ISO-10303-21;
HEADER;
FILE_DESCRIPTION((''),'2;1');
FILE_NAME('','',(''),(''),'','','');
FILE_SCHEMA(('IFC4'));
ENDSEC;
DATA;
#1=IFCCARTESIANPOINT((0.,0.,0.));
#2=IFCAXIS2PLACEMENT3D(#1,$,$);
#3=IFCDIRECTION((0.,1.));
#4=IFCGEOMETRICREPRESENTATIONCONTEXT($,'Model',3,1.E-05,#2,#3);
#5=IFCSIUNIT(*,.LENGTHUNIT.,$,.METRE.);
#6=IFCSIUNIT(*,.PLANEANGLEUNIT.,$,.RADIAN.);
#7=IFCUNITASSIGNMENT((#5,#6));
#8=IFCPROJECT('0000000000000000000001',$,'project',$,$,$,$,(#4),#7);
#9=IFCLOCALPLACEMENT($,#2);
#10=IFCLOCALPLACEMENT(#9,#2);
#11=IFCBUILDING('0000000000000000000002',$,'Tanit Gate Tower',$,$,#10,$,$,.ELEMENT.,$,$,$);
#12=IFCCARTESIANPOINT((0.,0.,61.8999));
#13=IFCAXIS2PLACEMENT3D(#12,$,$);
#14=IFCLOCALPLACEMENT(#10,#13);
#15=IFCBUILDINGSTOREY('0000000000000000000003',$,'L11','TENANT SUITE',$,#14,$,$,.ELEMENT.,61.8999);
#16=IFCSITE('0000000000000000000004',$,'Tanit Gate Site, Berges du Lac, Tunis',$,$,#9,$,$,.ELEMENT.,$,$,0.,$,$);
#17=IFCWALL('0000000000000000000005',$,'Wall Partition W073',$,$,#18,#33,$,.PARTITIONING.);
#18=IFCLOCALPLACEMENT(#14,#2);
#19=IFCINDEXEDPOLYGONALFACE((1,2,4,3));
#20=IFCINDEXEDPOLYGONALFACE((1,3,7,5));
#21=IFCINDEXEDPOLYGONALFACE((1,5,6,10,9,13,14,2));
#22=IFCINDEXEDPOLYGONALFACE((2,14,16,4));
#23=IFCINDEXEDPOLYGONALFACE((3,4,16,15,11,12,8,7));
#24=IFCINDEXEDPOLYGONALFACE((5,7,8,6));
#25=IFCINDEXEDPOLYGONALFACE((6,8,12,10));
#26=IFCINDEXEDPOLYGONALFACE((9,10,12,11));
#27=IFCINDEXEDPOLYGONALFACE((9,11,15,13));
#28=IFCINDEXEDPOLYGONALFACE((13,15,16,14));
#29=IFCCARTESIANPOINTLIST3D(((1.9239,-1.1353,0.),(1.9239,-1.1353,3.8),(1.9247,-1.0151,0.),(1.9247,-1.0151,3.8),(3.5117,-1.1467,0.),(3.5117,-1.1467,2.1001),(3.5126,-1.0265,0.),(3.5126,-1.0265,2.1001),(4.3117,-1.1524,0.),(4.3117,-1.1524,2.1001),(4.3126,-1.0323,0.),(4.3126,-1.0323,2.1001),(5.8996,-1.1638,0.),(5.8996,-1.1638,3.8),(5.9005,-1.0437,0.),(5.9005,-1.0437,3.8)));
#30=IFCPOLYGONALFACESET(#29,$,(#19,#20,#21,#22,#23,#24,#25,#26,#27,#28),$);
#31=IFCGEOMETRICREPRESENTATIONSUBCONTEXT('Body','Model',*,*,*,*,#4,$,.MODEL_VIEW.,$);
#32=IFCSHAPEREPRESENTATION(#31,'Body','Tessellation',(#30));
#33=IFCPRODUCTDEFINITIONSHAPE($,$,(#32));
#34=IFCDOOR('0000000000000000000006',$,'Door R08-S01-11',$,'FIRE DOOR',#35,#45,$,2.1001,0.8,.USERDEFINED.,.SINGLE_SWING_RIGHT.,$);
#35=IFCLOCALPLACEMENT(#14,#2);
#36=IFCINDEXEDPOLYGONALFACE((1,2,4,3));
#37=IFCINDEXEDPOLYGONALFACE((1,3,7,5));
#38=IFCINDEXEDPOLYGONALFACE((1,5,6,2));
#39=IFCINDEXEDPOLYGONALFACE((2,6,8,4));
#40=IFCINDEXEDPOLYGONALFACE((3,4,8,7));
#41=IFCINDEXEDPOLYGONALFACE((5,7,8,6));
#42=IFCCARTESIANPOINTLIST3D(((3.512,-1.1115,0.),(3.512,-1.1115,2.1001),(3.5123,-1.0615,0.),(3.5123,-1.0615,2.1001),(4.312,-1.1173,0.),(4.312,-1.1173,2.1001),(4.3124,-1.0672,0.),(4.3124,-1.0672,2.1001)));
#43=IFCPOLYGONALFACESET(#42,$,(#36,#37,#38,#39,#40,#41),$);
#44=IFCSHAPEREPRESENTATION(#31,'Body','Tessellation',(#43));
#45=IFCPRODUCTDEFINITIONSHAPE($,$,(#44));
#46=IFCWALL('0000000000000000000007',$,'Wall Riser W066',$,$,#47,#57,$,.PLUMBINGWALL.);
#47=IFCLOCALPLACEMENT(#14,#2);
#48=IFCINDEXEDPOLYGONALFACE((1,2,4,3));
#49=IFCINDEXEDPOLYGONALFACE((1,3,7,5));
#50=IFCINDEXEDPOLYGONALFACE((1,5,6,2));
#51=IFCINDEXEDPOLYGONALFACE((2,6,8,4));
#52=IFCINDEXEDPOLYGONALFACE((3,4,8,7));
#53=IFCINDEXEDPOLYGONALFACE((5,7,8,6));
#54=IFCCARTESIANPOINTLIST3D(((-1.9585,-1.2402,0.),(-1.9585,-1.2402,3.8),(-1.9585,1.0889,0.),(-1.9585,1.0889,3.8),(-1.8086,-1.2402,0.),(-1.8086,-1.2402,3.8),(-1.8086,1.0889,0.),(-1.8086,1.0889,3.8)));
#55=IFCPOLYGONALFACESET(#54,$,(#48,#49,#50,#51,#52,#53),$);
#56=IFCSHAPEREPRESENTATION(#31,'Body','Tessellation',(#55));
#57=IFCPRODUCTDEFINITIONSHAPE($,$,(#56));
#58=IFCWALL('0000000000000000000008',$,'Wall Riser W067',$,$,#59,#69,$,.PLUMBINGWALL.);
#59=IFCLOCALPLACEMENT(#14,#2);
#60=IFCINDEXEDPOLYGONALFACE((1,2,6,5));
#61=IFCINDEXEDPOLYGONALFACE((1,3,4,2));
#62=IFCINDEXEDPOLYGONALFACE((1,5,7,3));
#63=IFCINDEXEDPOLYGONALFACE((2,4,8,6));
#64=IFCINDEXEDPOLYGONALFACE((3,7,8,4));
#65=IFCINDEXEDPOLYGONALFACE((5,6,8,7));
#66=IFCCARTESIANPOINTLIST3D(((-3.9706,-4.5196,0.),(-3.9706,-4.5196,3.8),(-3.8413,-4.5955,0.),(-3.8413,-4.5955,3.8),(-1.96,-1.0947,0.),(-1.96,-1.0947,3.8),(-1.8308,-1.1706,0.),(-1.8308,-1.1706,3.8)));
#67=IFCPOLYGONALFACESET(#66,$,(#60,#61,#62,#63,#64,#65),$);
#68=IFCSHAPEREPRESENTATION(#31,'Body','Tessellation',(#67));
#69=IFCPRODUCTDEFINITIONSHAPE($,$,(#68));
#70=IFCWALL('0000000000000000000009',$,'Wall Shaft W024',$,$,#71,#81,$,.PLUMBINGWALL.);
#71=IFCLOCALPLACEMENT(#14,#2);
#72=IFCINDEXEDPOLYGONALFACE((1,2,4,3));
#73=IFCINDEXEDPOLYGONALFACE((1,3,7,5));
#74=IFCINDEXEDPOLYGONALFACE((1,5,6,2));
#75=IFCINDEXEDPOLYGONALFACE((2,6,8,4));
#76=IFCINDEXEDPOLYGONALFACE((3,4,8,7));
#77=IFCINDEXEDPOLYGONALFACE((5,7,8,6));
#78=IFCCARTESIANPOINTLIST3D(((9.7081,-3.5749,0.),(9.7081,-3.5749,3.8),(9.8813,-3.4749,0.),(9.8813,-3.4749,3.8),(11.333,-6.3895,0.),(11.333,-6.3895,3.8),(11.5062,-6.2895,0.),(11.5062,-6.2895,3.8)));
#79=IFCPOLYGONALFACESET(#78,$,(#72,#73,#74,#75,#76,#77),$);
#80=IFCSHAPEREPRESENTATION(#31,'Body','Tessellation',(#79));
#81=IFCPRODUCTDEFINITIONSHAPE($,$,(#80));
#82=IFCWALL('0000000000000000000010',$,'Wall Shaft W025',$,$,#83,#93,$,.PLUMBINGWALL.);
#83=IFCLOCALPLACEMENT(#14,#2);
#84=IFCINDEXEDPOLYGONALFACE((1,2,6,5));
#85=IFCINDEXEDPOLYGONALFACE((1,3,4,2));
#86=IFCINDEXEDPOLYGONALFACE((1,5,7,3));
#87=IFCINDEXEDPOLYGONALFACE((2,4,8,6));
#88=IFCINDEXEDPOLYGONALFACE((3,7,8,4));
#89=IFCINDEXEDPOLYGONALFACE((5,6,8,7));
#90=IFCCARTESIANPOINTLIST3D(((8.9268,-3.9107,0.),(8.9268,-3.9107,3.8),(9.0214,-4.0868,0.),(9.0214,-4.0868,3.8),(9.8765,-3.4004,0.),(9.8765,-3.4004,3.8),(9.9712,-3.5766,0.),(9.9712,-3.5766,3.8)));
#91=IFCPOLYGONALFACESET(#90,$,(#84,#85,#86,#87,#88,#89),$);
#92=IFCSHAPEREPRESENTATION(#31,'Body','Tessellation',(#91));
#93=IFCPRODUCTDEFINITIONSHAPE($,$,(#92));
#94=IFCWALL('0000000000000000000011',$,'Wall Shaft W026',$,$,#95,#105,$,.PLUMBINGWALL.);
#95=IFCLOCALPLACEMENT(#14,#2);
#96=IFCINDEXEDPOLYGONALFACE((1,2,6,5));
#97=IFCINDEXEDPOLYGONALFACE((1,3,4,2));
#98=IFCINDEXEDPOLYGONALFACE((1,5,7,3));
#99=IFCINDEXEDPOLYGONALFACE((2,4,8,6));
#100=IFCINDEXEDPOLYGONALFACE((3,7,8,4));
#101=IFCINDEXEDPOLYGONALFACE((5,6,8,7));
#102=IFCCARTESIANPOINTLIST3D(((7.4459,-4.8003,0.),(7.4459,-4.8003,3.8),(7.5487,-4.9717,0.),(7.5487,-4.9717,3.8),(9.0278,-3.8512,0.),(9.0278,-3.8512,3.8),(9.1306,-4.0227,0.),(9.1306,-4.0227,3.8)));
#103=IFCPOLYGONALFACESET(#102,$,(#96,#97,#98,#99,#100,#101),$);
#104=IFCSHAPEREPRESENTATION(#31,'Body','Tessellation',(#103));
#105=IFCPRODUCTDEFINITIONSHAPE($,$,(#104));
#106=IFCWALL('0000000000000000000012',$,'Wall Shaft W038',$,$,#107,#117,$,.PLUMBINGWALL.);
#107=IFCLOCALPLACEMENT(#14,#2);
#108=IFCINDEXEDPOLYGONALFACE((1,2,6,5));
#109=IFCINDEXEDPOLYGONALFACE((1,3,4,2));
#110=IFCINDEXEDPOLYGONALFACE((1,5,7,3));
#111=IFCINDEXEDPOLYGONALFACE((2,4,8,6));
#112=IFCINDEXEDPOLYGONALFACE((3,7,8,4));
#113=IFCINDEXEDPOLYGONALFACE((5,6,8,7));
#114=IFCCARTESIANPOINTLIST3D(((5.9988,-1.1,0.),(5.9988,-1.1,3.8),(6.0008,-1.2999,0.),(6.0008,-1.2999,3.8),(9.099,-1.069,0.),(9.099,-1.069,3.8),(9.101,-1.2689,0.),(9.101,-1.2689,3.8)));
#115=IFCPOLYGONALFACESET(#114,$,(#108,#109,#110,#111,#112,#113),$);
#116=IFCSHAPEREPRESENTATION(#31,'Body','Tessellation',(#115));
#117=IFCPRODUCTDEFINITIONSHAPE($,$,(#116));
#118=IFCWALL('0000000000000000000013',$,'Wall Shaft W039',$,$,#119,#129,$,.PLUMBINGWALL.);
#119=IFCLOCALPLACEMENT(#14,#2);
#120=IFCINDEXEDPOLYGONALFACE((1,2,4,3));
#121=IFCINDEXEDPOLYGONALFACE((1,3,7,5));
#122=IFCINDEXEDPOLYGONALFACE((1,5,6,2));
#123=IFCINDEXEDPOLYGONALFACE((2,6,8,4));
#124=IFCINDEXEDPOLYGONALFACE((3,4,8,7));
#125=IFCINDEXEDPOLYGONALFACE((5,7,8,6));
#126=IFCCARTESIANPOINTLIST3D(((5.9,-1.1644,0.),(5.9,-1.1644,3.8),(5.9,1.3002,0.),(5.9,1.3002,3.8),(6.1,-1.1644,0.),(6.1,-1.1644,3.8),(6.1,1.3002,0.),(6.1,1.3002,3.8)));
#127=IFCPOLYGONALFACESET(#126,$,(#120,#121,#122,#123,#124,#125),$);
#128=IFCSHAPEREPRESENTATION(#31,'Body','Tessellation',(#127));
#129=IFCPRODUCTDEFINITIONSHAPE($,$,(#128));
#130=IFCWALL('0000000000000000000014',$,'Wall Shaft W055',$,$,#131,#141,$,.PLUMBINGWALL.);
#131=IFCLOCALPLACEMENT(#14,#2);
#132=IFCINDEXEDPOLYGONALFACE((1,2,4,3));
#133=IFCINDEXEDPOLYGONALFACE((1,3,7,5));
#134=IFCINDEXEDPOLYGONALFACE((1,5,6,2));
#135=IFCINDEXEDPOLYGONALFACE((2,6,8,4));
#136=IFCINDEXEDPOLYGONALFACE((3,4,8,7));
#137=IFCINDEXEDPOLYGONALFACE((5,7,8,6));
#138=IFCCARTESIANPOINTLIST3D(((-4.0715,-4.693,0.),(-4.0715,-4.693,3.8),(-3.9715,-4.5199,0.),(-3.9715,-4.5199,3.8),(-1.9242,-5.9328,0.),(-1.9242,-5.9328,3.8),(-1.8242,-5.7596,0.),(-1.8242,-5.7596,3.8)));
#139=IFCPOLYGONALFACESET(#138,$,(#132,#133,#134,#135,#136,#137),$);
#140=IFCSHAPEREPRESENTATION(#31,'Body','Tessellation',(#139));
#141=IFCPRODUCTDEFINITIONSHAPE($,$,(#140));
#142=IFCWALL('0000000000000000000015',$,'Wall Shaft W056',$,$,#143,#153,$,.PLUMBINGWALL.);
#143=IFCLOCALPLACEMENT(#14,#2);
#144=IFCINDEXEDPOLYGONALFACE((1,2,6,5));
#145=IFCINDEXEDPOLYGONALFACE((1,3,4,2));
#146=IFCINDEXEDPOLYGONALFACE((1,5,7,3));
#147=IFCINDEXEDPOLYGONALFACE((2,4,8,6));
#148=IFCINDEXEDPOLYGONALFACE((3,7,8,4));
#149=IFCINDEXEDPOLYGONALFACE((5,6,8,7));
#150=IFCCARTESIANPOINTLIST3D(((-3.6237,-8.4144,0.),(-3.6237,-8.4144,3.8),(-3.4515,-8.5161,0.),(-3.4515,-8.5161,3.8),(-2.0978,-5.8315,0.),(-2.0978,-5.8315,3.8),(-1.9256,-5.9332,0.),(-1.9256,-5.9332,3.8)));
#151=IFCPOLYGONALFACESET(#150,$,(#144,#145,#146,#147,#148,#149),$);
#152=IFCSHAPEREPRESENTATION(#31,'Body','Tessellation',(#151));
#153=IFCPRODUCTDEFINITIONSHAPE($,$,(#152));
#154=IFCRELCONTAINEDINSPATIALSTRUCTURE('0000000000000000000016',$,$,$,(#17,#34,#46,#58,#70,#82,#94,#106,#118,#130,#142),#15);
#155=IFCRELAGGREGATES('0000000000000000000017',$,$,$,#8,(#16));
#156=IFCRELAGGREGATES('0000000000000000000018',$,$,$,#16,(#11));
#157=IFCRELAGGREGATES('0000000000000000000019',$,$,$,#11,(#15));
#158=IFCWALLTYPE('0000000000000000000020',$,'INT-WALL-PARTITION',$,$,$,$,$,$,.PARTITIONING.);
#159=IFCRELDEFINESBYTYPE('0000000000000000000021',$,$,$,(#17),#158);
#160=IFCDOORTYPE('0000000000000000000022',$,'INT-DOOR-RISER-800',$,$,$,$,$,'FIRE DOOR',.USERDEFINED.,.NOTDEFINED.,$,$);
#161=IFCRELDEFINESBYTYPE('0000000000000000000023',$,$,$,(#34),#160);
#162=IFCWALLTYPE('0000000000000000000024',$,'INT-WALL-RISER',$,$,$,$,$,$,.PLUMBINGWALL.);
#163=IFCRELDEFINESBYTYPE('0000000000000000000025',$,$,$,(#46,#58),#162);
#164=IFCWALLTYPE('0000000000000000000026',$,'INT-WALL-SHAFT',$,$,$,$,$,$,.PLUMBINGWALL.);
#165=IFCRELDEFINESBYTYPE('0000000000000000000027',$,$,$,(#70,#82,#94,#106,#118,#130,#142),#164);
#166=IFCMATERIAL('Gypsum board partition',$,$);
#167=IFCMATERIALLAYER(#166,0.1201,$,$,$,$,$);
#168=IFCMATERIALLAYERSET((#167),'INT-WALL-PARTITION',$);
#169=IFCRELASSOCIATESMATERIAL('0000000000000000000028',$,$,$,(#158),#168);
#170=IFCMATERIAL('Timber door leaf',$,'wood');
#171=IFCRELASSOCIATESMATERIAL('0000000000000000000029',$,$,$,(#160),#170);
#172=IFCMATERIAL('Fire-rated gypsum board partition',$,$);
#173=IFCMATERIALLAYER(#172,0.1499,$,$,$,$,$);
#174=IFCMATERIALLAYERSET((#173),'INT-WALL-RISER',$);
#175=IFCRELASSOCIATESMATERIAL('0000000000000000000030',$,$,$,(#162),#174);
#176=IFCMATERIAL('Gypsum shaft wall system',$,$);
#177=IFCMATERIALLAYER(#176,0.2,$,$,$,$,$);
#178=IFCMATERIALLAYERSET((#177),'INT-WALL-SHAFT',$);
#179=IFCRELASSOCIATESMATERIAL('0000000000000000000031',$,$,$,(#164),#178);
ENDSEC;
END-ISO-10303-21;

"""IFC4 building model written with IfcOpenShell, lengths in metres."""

from ifc_helpers import new_model, si_unit, direction, frame, frame_2d, origin, place, context, subcontext, project, spatial, rectangle, extrude, material, layer, layer_set, type_object, element, fill, save


model = new_model("IFC4")

# Units and contexts
model_context = context("Model", 3, precision=1e-05, world=origin(), true_north=direction((0.0, 1.0)))
body_context = subcontext(model_context, "Body", "Model", "MODEL_VIEW")
ifc_project = project(units=[si_unit("LENGTHUNIT", "METRE"), si_unit("PLANEANGLEUNIT", "RADIAN")], contexts=[model_context])

# Site, building, storey
site_placement = place(None, origin())
site = spatial("IfcSite", under=ifc_project, at=site_placement, Name="Tanit Gate Site, Berges du Lac, Tunis", CompositionType="ELEMENT", RefElevation=0.0)
building_placement = place(site_placement, origin())
building = spatial("IfcBuilding", under=site, at=building_placement, Name="Tanit Gate Tower", CompositionType="ELEMENT")
storey_placement = place(building_placement, frame((0.0, 0.0, 61.8999)))
storey = spatial("IfcBuildingStorey", under=building, at=storey_placement, Name="L11", Description="TENANT SUITE", CompositionType="ELEMENT", Elevation=61.8999)

# Shared definitions
ifc_material_1 = material(Name="Gypsum board partition")
ifc_layer_1 = layer(ifc_material_1, 0.1201)
ifc_layer_set_1 = layer_set([ifc_layer_1], Name="INT-WALL-PARTITION")
wall_type_1 = type_object("IfcWallType", Name="INT-WALL-PARTITION", PredefinedType="PARTITIONING", material=ifc_layer_set_1)

# Wall, opening, door
wall_1_placement = place(storey_placement, frame((5.8999, -1.1038, 0.0), z_axis=(0.0, 0.0, 1.0), x_axis=(-0.999974, 0.007184, 0.0)))
wall_1 = element("IfcWall", 1, at=wall_1_placement, inside=storey, type_object=wall_type_1, Name="Wall Partition W073", PredefinedType="PARTITIONING", context=body_context, shape_type="SweptSolid", body=[
    extrude(rectangle(XDim=3.9758, YDim=0.1201, at=frame_2d((1.9878, 0.0))), origin(), (0.0, 0.0, 1.0), 3.8),
])
opening_1_placement = place(wall_1_placement, frame((1.5879, 0.0, 0.0)))
opening_1 = element("IfcOpeningElement", 2, at=opening_1_placement, cuts=wall_1, PredefinedType="OPENING", context=body_context, shape_type="SweptSolid", body=[
    extrude(rectangle(XDim=0.8, YDim=2.1001, at=frame_2d((0.3999, 1.05))), frame((0.0, 0.0701, 0.0), z_axis=(0.0, -1.0, 0.0), x_axis=(1.0, 0.0, 0.0)), (0.0, 0.0, 1.0), 0.1401),
])
ifc_material_2 = material(Name="Timber door leaf", Category="wood")
door_type_1 = type_object("IfcDoorType", Name="INT-DOOR-RISER-800", ElementType="FIRE DOOR", OperationType="NOTDEFINED", PredefinedType="USERDEFINED", material=ifc_material_2)
door_1_placement = place(opening_1_placement, origin())
door_1 = element("IfcDoor", 3, at=door_1_placement, inside=storey, type_object=door_type_1, Name="Door R08-S01-11", ObjectType="FIRE DOOR", OperationType="SINGLE_SWING_RIGHT", OverallHeight=2.1001, OverallWidth=0.8, PredefinedType="USERDEFINED", context=body_context, shape_type="SweptSolid", body=[
    extrude(rectangle(XDim=0.8, YDim=2.1001, at=frame_2d((0.3999, 1.05))), frame((0.0, 0.0249, 0.0), z_axis=(0.0, -1.0, 0.0), x_axis=(1.0, 0.0, 0.0)), (0.0, 0.0, 1.0), 0.05),
])
fill(opening_1, door_1)

# Walls
ifc_material_3 = material(Name="Fire-rated gypsum board partition")
ifc_layer_2 = layer(ifc_material_3, 0.1499)
ifc_layer_set_2 = layer_set([ifc_layer_2], Name="INT-WALL-RISER")
wall_type_2 = type_object("IfcWallType", Name="INT-WALL-RISER", PredefinedType="PLUMBINGWALL", material=ifc_layer_set_2)
wall_2_placement = place(storey_placement, frame((-1.8835, -1.2402, 0.0), z_axis=(0.0, 0.0, 1.0), x_axis=(0.0, 1.0, 0.0)))
element("IfcWall", 4, at=wall_2_placement, inside=storey, type_object=wall_type_2, Name="Wall Riser W066", PredefinedType="PLUMBINGWALL", context=body_context, shape_type="SweptSolid", body=[
    extrude(rectangle(XDim=2.3291, YDim=0.1499, at=frame_2d((1.1646, 0.0))), origin(), (0.0, 0.0, 1.0), 3.8),
])
wall_3_placement = place(storey_placement, frame((-3.906, -4.5576, 0.0), z_axis=(0.0, 0.0, 1.0), x_axis=(0.506254, 0.862384, 0.0)))
element("IfcWall", 5, at=wall_3_placement, inside=storey, type_object=wall_type_2, Name="Wall Riser W067", PredefinedType="PLUMBINGWALL", context=body_context, shape_type="SweptSolid", body=[
    extrude(rectangle(XDim=3.9714, YDim=0.1499, at=frame_2d((1.9858, 0.0))), origin(), (0.0, 0.0, 1.0), 3.8),
])
ifc_material_4 = material(Name="Gypsum shaft wall system")
ifc_layer_3 = layer(ifc_material_4, 0.2)
ifc_layer_set_3 = layer_set([ifc_layer_3], Name="INT-WALL-SHAFT")
wall_type_3 = type_object("IfcWallType", Name="INT-WALL-SHAFT", PredefinedType="PLUMBINGWALL", material=ifc_layer_set_3)
wall_4_placement = place(storey_placement, frame((9.7947, -3.5249, 0.0), z_axis=(0.0, 0.0, 1.0), x_axis=(0.499985, -0.866034, 0.0)))
element("IfcWall", 6, at=wall_4_placement, inside=storey, type_object=wall_type_3, Name="Wall Shaft W024", PredefinedType="PLUMBINGWALL", context=body_context, shape_type="SweptSolid", body=[
    extrude(rectangle(XDim=3.25, YDim=0.2, at=frame_2d((1.625, 0.0))), origin(), (0.0, 0.0, 1.0), 3.8),
])
wall_5_placement = place(storey_placement, frame((8.9741, -3.9988, 0.0), z_axis=(0.0, 0.0, 1.0), x_axis=(0.880907, 0.473289, 0.0)))
element("IfcWall", 7, at=wall_5_placement, inside=storey, type_object=wall_type_3, Name="Wall Shaft W025", PredefinedType="PLUMBINGWALL", context=body_context, shape_type="SweptSolid", body=[
    extrude(rectangle(XDim=1.0781, YDim=0.2, at=frame_2d((0.5391, 0.0))), origin(), (0.0, 0.0, 1.0), 3.8),
])
wall_6_placement = place(storey_placement, frame((7.4973, -4.886, 0.0), z_axis=(0.0, 0.0, 1.0), x_axis=(0.857516, 0.514457, 0.0)))
element("IfcWall", 8, at=wall_6_placement, inside=storey, type_object=wall_type_3, Name="Wall Shaft W026", PredefinedType="PLUMBINGWALL", context=body_context, shape_type="SweptSolid", body=[
    extrude(rectangle(XDim=1.8447, YDim=0.2, at=frame_2d((0.9224, 0.0))), origin(), (0.0, 0.0, 1.0), 3.8),
])
wall_7_placement = place(storey_placement, frame((9.1001, -1.1689, 0.0), z_axis=(0.0, 0.0, 1.0), x_axis=(-0.99995, -0.010001, 0.0)))
element("IfcWall", 9, at=wall_7_placement, inside=storey, type_object=wall_type_3, Name="Wall Shaft W038", PredefinedType="PLUMBINGWALL", context=body_context, shape_type="SweptSolid", body=[
    extrude(rectangle(XDim=3.1003, YDim=0.2, at=frame_2d((1.5503, 0.0))), origin(), (0.0, 0.0, 1.0), 3.8),
])
wall_8_placement = place(storey_placement, frame((6.0, -1.1646, 0.0), z_axis=(0.0, 0.0, 1.0), x_axis=(0.0, 1.0, 0.0)))
element("IfcWall", 10, at=wall_8_placement, inside=storey, type_object=wall_type_3, Name="Wall Shaft W039", PredefinedType="PLUMBINGWALL", context=body_context, shape_type="SweptSolid", body=[
    extrude(rectangle(XDim=2.4646, YDim=0.2, at=frame_2d((1.2324, 0.0))), origin(), (0.0, 0.0, 1.0), 3.8),
])

# Walls
wall_9_placement = place(storey_placement, frame((-4.0215, -4.6064, 0.0), z_axis=(0.0, 0.0, 1.0), x_axis=(0.866017, -0.500015, 0.0)))
element("IfcWall", 11, at=wall_9_placement, inside=storey, type_object=wall_type_3, Name="Wall Shaft W055", PredefinedType="PLUMBINGWALL", context=body_context, shape_type="SweptSolid", body=[
    extrude(rectangle(XDim=2.4795, YDim=0.2, at=frame_2d((1.2397, 0.0))), origin(), (0.0, 0.0, 1.0), 3.8),
])
wall_10_placement = place(storey_placement, frame((-2.0117, -5.8823, 0.0), z_axis=(0.0, 0.0, 1.0), x_axis=(-0.50862, -0.860991, 0.0)))
element("IfcWall", 12, at=wall_10_placement, inside=storey, type_object=wall_type_3, Name="Wall Shaft W056", PredefinedType="PLUMBINGWALL", context=body_context, shape_type="SweptSolid", body=[
    extrude(rectangle(XDim=3.0, YDim=0.2, at=frame_2d((1.5, 0.0))), origin(), (0.0, 0.0, 1.0), 3.8),
])

save(model, "model.ifc")
